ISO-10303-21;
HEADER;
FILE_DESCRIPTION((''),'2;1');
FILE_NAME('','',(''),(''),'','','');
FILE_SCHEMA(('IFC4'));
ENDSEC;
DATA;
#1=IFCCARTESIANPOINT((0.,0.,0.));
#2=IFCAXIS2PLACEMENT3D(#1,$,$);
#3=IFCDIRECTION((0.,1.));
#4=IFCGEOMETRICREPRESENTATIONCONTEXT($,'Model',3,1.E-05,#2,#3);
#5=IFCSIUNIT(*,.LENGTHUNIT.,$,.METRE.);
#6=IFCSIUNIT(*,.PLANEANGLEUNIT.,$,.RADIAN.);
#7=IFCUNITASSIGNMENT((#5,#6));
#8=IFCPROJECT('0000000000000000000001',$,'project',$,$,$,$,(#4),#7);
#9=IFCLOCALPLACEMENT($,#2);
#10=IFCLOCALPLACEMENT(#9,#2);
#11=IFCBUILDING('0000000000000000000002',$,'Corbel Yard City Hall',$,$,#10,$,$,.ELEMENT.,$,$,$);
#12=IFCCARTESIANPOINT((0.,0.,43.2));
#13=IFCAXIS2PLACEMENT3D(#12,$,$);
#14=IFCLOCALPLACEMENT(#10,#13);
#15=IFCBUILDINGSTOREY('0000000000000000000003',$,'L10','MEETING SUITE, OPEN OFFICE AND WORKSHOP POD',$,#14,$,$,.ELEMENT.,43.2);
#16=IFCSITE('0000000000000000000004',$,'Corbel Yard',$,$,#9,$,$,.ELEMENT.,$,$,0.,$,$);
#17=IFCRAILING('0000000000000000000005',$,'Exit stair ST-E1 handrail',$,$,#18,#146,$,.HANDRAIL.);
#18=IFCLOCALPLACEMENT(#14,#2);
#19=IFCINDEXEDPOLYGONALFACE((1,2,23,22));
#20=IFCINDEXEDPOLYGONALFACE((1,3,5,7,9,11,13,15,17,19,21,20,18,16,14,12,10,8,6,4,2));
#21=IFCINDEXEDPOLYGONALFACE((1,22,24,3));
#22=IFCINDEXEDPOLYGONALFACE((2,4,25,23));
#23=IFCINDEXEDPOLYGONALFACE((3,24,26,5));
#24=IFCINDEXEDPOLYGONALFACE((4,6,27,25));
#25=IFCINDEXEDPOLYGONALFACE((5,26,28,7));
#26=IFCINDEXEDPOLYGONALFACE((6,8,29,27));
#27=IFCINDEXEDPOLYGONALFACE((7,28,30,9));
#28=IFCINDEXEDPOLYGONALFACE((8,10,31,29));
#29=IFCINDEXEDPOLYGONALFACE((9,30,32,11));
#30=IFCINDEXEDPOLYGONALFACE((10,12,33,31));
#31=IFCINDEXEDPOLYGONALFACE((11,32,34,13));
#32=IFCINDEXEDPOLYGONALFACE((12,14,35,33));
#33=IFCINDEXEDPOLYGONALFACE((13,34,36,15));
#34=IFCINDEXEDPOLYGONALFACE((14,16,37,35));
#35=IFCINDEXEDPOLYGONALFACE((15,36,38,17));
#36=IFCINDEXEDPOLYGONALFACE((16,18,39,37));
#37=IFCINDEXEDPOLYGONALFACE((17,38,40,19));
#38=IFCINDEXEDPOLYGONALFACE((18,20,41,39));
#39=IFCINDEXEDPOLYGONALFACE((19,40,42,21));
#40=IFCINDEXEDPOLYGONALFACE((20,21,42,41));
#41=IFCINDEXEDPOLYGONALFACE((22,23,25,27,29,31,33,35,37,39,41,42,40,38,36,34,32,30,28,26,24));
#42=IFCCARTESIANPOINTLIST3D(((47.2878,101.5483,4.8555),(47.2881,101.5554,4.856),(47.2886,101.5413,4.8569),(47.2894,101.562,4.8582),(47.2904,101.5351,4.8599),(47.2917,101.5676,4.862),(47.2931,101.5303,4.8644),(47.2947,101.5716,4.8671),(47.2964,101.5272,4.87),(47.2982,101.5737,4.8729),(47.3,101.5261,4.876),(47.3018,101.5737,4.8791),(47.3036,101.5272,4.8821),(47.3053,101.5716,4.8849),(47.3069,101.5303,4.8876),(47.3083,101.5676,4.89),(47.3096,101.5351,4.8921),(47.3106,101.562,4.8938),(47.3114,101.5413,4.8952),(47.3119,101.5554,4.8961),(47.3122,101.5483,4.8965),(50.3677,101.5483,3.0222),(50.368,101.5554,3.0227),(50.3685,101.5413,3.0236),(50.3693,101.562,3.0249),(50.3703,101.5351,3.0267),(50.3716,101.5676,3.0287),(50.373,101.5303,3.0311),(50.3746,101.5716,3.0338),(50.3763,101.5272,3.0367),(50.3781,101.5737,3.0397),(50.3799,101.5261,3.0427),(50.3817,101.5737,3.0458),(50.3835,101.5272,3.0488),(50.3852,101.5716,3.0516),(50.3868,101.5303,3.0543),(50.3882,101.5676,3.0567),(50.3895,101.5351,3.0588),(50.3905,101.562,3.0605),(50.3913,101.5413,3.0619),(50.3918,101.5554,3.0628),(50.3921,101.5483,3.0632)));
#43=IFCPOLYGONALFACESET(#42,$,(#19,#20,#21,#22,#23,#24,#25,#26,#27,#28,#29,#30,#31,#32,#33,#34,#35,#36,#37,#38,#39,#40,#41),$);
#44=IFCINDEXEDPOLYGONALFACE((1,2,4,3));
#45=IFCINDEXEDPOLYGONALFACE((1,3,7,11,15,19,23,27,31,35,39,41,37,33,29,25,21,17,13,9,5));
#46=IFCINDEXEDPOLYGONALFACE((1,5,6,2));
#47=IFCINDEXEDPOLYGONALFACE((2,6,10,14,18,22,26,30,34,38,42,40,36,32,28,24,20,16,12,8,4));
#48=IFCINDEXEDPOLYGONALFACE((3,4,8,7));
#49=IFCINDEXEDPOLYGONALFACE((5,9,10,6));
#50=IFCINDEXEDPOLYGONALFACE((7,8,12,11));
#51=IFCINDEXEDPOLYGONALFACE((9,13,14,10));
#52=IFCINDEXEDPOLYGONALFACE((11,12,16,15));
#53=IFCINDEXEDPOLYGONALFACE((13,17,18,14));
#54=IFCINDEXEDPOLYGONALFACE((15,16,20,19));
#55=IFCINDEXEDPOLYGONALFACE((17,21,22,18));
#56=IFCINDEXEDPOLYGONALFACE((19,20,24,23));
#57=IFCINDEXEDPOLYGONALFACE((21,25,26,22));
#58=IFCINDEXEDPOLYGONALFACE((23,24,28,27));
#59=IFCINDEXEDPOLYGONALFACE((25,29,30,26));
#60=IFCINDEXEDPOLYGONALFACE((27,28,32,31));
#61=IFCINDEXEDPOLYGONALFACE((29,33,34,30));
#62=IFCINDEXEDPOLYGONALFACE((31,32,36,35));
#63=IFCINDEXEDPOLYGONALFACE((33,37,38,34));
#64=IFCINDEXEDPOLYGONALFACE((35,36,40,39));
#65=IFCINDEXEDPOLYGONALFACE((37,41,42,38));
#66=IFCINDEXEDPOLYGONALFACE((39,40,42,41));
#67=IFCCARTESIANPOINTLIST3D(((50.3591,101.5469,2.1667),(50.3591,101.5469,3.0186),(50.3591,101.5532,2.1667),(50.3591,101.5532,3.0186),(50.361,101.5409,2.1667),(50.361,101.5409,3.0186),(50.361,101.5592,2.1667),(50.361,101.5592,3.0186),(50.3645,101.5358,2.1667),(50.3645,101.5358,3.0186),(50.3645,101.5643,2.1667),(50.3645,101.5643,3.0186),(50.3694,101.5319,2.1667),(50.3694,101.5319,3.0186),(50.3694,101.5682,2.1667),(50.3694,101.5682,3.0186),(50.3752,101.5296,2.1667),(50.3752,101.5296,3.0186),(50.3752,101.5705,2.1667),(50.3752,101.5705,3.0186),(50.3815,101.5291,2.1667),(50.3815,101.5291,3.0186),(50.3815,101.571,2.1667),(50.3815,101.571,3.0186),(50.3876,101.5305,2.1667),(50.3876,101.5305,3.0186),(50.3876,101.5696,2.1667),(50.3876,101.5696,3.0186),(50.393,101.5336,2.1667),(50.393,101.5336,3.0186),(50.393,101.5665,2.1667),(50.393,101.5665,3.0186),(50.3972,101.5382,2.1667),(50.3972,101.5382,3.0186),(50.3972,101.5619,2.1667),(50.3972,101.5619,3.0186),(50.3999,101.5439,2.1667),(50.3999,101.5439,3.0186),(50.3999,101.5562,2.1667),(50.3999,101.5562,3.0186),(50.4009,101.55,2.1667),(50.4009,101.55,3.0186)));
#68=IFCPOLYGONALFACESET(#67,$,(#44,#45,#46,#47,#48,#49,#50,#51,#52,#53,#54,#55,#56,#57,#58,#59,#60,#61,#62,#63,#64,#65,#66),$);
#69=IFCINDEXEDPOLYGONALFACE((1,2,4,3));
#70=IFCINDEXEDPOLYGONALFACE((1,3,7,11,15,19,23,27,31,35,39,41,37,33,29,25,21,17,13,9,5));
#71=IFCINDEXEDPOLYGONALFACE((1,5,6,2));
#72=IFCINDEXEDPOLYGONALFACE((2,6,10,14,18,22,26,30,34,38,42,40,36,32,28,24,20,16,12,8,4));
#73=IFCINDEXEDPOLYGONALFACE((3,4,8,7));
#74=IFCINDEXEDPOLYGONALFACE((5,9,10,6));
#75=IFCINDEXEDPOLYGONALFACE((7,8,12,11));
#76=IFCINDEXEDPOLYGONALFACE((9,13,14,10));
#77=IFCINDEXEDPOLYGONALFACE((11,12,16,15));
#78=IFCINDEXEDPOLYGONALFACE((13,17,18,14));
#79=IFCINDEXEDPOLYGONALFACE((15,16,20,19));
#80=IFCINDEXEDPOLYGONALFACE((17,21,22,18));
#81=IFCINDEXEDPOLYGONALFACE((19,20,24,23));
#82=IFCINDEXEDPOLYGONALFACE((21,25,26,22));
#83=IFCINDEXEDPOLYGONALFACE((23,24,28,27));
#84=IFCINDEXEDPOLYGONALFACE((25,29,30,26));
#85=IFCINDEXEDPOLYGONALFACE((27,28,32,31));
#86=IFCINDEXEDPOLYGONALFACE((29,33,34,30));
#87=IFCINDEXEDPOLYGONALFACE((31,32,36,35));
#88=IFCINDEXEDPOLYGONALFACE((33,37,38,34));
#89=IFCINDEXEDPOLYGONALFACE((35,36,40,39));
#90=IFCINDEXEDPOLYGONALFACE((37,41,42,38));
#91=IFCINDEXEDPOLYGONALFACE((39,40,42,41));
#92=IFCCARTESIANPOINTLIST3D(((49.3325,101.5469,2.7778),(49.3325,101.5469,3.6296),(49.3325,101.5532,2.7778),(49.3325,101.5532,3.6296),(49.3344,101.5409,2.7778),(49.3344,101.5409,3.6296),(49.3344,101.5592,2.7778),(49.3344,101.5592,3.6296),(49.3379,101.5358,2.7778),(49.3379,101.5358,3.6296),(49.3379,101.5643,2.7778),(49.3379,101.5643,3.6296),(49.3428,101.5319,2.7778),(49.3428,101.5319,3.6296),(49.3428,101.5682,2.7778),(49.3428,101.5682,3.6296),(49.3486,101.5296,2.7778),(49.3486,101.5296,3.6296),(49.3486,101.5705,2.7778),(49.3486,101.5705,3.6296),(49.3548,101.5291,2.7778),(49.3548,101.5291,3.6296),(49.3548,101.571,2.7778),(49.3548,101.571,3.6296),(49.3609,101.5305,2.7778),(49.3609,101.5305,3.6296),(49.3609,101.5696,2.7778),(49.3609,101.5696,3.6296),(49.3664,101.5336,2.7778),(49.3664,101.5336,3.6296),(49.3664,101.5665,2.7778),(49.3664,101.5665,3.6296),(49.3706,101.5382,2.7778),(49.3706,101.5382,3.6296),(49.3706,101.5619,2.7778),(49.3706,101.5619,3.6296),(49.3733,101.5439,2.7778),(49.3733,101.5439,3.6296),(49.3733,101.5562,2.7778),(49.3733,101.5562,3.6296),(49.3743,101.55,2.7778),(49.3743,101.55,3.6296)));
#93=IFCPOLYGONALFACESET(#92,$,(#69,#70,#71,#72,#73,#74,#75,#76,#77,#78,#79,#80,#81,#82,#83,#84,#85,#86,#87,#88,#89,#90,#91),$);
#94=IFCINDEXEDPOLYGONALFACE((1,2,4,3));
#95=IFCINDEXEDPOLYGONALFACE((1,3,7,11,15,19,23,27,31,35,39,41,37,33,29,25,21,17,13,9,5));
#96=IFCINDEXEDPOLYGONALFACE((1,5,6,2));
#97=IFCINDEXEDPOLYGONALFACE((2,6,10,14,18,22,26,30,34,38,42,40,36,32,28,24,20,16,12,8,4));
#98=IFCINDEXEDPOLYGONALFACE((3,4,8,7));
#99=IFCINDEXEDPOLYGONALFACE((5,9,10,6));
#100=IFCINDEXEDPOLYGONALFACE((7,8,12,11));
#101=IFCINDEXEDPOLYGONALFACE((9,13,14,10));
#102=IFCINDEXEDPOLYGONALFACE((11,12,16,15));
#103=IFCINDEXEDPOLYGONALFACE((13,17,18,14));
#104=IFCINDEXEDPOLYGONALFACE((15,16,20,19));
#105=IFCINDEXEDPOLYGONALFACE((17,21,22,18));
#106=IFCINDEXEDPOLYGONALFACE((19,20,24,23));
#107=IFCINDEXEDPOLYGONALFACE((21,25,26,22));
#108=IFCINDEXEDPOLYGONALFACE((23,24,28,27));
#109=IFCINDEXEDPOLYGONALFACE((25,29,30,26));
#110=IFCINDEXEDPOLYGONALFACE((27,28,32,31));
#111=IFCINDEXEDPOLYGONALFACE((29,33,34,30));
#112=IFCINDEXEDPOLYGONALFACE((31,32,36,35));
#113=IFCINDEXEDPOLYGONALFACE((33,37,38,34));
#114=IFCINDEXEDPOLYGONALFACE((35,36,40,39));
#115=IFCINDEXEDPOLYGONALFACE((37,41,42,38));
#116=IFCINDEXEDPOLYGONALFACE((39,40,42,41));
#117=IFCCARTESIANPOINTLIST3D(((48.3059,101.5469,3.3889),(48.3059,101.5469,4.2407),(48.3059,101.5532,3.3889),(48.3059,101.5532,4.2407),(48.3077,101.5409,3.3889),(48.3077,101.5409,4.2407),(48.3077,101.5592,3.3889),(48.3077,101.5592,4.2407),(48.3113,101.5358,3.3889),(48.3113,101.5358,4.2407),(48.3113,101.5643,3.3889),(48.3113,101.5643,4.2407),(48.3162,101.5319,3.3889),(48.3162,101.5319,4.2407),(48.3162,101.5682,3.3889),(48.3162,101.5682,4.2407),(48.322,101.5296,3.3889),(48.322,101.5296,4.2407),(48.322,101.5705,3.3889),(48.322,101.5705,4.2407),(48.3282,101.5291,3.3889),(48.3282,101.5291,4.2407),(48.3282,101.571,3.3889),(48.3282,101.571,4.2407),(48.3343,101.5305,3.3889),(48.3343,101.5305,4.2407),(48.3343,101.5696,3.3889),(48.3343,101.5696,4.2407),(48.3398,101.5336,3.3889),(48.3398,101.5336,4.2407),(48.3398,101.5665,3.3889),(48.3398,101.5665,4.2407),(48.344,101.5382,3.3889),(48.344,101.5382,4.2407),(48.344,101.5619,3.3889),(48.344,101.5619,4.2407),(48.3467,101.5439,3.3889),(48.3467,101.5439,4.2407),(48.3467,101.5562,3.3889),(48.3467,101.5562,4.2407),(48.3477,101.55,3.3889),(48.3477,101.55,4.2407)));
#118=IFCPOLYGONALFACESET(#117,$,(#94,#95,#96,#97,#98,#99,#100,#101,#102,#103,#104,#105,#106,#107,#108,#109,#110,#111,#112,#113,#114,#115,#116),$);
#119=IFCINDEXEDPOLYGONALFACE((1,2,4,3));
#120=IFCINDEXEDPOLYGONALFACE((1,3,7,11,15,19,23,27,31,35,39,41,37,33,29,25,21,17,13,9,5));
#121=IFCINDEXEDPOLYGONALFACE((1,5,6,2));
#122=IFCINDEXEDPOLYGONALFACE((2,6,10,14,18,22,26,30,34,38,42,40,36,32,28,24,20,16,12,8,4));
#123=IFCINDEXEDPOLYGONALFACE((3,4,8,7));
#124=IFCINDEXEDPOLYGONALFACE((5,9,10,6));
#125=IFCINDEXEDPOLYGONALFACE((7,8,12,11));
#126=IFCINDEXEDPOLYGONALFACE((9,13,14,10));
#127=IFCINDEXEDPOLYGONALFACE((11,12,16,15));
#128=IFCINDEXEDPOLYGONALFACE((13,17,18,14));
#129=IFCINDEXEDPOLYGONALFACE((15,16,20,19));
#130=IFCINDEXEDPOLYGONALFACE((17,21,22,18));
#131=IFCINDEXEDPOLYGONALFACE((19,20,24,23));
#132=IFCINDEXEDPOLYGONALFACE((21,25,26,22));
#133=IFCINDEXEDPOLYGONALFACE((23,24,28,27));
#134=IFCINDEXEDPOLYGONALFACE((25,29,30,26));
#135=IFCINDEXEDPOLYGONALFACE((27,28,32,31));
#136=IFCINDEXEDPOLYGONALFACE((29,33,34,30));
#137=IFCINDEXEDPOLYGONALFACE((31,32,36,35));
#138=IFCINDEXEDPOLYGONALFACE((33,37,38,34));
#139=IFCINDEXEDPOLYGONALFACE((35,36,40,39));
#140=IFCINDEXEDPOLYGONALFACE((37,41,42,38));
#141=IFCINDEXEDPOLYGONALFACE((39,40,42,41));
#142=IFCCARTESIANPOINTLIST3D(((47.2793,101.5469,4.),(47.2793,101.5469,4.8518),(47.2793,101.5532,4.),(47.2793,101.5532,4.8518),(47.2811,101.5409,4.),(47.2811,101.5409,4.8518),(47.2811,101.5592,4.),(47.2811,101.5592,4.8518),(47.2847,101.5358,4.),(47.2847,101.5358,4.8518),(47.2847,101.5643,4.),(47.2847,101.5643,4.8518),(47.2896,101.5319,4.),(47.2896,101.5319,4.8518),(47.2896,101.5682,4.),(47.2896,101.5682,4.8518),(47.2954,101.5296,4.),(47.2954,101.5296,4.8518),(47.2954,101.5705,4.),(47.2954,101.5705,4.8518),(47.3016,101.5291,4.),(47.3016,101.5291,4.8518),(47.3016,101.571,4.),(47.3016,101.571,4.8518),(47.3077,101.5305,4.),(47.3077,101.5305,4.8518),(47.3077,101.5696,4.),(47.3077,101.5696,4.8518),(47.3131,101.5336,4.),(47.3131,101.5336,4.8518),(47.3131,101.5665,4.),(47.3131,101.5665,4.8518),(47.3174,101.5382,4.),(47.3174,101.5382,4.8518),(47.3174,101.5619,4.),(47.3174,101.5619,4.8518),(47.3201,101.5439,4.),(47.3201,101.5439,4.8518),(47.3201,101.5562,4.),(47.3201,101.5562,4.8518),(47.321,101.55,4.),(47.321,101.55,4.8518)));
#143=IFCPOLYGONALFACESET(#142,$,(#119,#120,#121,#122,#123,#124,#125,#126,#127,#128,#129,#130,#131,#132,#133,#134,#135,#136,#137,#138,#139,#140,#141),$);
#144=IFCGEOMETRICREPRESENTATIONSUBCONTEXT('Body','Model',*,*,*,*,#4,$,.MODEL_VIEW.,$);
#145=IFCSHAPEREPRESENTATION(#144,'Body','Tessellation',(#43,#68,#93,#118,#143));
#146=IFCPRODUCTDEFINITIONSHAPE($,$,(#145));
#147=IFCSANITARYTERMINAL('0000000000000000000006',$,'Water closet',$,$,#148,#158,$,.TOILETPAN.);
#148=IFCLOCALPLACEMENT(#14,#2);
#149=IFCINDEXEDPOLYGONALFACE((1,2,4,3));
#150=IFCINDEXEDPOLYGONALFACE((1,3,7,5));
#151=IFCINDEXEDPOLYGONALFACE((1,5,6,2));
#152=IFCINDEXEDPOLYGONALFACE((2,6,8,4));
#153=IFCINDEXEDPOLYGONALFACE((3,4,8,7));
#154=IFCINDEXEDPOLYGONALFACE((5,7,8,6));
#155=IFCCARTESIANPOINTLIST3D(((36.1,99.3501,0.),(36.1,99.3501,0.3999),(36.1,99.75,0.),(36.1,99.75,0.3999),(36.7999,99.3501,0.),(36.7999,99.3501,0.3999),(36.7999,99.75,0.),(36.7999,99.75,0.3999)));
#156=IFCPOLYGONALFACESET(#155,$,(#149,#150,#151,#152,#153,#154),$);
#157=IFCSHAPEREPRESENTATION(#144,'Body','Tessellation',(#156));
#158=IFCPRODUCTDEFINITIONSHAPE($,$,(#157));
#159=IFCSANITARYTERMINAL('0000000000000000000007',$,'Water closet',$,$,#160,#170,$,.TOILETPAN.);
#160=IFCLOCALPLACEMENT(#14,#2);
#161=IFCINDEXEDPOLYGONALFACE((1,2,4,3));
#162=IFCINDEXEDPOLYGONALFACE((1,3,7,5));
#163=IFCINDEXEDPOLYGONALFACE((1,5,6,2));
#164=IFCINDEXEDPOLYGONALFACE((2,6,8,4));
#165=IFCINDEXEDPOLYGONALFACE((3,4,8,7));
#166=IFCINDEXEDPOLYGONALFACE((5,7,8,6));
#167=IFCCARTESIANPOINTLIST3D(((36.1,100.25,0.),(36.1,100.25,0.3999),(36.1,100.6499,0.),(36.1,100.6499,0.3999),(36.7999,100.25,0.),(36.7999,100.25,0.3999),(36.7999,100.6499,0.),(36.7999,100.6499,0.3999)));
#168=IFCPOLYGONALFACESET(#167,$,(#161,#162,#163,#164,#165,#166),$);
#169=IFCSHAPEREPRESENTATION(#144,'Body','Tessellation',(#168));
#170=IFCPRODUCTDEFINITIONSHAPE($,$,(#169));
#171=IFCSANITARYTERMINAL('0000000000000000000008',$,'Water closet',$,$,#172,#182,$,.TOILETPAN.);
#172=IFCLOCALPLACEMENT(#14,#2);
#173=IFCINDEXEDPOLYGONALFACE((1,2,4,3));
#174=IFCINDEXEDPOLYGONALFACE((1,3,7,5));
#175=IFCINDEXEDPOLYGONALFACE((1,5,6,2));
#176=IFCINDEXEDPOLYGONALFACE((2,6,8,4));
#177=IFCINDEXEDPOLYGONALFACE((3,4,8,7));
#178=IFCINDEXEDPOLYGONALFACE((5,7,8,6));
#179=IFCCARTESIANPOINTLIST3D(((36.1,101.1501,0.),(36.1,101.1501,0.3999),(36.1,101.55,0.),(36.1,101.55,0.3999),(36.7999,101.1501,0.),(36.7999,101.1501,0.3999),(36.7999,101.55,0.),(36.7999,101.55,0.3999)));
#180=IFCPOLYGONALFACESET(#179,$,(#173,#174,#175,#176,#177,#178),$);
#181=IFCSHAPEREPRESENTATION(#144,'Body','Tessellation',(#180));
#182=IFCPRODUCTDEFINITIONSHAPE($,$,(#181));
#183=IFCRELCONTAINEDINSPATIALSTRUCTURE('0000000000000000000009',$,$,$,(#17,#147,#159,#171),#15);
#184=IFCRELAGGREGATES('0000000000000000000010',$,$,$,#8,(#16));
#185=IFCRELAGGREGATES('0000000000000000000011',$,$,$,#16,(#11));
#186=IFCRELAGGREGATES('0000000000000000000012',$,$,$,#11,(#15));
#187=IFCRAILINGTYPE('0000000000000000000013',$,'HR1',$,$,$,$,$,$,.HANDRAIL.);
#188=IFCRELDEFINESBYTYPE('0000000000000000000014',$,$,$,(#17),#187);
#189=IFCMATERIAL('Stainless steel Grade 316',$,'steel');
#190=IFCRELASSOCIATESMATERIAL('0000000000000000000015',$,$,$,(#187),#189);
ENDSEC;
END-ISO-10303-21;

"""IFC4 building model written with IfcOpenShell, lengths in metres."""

from ifc_helpers import new_model, si_unit, direction, frame, origin, origin_2d, place, context, subcontext, project, spatial, rectangle, circle, extrude, material, type_object, element, save


model = new_model("IFC4")

# Units and contexts
model_context = context("Model", 3, precision=1e-05, world=origin(), true_north=direction((0.0, 1.0)))
body_context = subcontext(model_context, "Body", "Model", "MODEL_VIEW")
ifc_project = project(units=[si_unit("LENGTHUNIT", "METRE"), si_unit("PLANEANGLEUNIT", "RADIAN")], contexts=[model_context])

# Site, building, storey
site_placement = place(None, origin())
site = spatial("IfcSite", under=ifc_project, at=site_placement, Name="Corbel Yard", CompositionType="ELEMENT", RefElevation=0.0)
building_placement = place(site_placement, origin())
building = spatial("IfcBuilding", under=site, at=building_placement, Name="Corbel Yard City Hall", CompositionType="ELEMENT")
storey_placement = place(building_placement, frame((0.0, 0.0, 43.2)))
storey = spatial("IfcBuildingStorey", under=building, at=storey_placement, Name="L10", Description="MEETING SUITE, OPEN OFFICE AND WORKSHOP POD", CompositionType="ELEMENT", Elevation=43.2)

# Railing
ifc_material_1 = material(Name="Stainless steel Grade 316", Category="steel")
railing_type = type_object("IfcRailingType", Name="HR1", PredefinedType="HANDRAIL", material=ifc_material_1)
railing_placement = place(storey_placement, frame((50.3799, 101.55, 2.1667)))
element("IfcRailing", 1, at=railing_placement, inside=storey, type_object=railing_type, Name="Exit stair ST-E1 handrail", PredefinedType="HANDRAIL", context=body_context, shape_type="SweptSolid", body=[
    extrude(circle(Radius=0.0239, at=origin_2d()), frame((0.0, 0.0, 0.876), z_axis=(-0.859291, 0.0, 0.511487), x_axis=(0.0, -1.0, 0.0)), (0.0, 0.0, 1.0), 3.5842),
    extrude(circle(Radius=0.021, at=origin_2d()), origin(), (0.0, 0.0, 1.0), 0.8518),
    extrude(circle(Radius=0.021, at=origin_2d()), frame((-1.0266, 0.0, 0.6111)), (0.0, 0.0, 1.0), 0.8518),
    extrude(circle(Radius=0.021, at=origin_2d()), frame((-2.0532, 0.0, 1.2222)), (0.0, 0.0, 1.0), 0.8518),
    extrude(circle(Radius=0.021, at=origin_2d()), frame((-3.0798, 0.0, 1.8333)), (0.0, 0.0, 1.0), 0.8518),
])

# Sanitary terminals
for number, where, z_axis, x_axis, name in (
    (2, (36.45, 99.55, 0.0), (0.0, 0.0, 1.0), (1.0, 0.0, 0.0), "Water closet"),
    (3, (36.45, 100.45, 0.0), (0.0, 0.0, 1.0), (1.0, 0.0, 0.0), "Water closet"),
    (4, (36.45, 101.3501, 0.0), (0.0, 0.0, 1.0), (1.0, 0.0, 0.0), "Water closet"),
):
    element("IfcSanitaryTerminal", number, at=place(storey_placement, frame(where, z_axis=z_axis, x_axis=x_axis)), inside=storey, Name=name, PredefinedType="TOILETPAN", context=body_context, shape_type="SweptSolid", body=[
        extrude(rectangle(XDim=0.7, YDim=0.3999, at=origin_2d()), origin(), (0.0, 0.0, 1.0), 0.3999),
    ])

save(model, "model.ifc")
